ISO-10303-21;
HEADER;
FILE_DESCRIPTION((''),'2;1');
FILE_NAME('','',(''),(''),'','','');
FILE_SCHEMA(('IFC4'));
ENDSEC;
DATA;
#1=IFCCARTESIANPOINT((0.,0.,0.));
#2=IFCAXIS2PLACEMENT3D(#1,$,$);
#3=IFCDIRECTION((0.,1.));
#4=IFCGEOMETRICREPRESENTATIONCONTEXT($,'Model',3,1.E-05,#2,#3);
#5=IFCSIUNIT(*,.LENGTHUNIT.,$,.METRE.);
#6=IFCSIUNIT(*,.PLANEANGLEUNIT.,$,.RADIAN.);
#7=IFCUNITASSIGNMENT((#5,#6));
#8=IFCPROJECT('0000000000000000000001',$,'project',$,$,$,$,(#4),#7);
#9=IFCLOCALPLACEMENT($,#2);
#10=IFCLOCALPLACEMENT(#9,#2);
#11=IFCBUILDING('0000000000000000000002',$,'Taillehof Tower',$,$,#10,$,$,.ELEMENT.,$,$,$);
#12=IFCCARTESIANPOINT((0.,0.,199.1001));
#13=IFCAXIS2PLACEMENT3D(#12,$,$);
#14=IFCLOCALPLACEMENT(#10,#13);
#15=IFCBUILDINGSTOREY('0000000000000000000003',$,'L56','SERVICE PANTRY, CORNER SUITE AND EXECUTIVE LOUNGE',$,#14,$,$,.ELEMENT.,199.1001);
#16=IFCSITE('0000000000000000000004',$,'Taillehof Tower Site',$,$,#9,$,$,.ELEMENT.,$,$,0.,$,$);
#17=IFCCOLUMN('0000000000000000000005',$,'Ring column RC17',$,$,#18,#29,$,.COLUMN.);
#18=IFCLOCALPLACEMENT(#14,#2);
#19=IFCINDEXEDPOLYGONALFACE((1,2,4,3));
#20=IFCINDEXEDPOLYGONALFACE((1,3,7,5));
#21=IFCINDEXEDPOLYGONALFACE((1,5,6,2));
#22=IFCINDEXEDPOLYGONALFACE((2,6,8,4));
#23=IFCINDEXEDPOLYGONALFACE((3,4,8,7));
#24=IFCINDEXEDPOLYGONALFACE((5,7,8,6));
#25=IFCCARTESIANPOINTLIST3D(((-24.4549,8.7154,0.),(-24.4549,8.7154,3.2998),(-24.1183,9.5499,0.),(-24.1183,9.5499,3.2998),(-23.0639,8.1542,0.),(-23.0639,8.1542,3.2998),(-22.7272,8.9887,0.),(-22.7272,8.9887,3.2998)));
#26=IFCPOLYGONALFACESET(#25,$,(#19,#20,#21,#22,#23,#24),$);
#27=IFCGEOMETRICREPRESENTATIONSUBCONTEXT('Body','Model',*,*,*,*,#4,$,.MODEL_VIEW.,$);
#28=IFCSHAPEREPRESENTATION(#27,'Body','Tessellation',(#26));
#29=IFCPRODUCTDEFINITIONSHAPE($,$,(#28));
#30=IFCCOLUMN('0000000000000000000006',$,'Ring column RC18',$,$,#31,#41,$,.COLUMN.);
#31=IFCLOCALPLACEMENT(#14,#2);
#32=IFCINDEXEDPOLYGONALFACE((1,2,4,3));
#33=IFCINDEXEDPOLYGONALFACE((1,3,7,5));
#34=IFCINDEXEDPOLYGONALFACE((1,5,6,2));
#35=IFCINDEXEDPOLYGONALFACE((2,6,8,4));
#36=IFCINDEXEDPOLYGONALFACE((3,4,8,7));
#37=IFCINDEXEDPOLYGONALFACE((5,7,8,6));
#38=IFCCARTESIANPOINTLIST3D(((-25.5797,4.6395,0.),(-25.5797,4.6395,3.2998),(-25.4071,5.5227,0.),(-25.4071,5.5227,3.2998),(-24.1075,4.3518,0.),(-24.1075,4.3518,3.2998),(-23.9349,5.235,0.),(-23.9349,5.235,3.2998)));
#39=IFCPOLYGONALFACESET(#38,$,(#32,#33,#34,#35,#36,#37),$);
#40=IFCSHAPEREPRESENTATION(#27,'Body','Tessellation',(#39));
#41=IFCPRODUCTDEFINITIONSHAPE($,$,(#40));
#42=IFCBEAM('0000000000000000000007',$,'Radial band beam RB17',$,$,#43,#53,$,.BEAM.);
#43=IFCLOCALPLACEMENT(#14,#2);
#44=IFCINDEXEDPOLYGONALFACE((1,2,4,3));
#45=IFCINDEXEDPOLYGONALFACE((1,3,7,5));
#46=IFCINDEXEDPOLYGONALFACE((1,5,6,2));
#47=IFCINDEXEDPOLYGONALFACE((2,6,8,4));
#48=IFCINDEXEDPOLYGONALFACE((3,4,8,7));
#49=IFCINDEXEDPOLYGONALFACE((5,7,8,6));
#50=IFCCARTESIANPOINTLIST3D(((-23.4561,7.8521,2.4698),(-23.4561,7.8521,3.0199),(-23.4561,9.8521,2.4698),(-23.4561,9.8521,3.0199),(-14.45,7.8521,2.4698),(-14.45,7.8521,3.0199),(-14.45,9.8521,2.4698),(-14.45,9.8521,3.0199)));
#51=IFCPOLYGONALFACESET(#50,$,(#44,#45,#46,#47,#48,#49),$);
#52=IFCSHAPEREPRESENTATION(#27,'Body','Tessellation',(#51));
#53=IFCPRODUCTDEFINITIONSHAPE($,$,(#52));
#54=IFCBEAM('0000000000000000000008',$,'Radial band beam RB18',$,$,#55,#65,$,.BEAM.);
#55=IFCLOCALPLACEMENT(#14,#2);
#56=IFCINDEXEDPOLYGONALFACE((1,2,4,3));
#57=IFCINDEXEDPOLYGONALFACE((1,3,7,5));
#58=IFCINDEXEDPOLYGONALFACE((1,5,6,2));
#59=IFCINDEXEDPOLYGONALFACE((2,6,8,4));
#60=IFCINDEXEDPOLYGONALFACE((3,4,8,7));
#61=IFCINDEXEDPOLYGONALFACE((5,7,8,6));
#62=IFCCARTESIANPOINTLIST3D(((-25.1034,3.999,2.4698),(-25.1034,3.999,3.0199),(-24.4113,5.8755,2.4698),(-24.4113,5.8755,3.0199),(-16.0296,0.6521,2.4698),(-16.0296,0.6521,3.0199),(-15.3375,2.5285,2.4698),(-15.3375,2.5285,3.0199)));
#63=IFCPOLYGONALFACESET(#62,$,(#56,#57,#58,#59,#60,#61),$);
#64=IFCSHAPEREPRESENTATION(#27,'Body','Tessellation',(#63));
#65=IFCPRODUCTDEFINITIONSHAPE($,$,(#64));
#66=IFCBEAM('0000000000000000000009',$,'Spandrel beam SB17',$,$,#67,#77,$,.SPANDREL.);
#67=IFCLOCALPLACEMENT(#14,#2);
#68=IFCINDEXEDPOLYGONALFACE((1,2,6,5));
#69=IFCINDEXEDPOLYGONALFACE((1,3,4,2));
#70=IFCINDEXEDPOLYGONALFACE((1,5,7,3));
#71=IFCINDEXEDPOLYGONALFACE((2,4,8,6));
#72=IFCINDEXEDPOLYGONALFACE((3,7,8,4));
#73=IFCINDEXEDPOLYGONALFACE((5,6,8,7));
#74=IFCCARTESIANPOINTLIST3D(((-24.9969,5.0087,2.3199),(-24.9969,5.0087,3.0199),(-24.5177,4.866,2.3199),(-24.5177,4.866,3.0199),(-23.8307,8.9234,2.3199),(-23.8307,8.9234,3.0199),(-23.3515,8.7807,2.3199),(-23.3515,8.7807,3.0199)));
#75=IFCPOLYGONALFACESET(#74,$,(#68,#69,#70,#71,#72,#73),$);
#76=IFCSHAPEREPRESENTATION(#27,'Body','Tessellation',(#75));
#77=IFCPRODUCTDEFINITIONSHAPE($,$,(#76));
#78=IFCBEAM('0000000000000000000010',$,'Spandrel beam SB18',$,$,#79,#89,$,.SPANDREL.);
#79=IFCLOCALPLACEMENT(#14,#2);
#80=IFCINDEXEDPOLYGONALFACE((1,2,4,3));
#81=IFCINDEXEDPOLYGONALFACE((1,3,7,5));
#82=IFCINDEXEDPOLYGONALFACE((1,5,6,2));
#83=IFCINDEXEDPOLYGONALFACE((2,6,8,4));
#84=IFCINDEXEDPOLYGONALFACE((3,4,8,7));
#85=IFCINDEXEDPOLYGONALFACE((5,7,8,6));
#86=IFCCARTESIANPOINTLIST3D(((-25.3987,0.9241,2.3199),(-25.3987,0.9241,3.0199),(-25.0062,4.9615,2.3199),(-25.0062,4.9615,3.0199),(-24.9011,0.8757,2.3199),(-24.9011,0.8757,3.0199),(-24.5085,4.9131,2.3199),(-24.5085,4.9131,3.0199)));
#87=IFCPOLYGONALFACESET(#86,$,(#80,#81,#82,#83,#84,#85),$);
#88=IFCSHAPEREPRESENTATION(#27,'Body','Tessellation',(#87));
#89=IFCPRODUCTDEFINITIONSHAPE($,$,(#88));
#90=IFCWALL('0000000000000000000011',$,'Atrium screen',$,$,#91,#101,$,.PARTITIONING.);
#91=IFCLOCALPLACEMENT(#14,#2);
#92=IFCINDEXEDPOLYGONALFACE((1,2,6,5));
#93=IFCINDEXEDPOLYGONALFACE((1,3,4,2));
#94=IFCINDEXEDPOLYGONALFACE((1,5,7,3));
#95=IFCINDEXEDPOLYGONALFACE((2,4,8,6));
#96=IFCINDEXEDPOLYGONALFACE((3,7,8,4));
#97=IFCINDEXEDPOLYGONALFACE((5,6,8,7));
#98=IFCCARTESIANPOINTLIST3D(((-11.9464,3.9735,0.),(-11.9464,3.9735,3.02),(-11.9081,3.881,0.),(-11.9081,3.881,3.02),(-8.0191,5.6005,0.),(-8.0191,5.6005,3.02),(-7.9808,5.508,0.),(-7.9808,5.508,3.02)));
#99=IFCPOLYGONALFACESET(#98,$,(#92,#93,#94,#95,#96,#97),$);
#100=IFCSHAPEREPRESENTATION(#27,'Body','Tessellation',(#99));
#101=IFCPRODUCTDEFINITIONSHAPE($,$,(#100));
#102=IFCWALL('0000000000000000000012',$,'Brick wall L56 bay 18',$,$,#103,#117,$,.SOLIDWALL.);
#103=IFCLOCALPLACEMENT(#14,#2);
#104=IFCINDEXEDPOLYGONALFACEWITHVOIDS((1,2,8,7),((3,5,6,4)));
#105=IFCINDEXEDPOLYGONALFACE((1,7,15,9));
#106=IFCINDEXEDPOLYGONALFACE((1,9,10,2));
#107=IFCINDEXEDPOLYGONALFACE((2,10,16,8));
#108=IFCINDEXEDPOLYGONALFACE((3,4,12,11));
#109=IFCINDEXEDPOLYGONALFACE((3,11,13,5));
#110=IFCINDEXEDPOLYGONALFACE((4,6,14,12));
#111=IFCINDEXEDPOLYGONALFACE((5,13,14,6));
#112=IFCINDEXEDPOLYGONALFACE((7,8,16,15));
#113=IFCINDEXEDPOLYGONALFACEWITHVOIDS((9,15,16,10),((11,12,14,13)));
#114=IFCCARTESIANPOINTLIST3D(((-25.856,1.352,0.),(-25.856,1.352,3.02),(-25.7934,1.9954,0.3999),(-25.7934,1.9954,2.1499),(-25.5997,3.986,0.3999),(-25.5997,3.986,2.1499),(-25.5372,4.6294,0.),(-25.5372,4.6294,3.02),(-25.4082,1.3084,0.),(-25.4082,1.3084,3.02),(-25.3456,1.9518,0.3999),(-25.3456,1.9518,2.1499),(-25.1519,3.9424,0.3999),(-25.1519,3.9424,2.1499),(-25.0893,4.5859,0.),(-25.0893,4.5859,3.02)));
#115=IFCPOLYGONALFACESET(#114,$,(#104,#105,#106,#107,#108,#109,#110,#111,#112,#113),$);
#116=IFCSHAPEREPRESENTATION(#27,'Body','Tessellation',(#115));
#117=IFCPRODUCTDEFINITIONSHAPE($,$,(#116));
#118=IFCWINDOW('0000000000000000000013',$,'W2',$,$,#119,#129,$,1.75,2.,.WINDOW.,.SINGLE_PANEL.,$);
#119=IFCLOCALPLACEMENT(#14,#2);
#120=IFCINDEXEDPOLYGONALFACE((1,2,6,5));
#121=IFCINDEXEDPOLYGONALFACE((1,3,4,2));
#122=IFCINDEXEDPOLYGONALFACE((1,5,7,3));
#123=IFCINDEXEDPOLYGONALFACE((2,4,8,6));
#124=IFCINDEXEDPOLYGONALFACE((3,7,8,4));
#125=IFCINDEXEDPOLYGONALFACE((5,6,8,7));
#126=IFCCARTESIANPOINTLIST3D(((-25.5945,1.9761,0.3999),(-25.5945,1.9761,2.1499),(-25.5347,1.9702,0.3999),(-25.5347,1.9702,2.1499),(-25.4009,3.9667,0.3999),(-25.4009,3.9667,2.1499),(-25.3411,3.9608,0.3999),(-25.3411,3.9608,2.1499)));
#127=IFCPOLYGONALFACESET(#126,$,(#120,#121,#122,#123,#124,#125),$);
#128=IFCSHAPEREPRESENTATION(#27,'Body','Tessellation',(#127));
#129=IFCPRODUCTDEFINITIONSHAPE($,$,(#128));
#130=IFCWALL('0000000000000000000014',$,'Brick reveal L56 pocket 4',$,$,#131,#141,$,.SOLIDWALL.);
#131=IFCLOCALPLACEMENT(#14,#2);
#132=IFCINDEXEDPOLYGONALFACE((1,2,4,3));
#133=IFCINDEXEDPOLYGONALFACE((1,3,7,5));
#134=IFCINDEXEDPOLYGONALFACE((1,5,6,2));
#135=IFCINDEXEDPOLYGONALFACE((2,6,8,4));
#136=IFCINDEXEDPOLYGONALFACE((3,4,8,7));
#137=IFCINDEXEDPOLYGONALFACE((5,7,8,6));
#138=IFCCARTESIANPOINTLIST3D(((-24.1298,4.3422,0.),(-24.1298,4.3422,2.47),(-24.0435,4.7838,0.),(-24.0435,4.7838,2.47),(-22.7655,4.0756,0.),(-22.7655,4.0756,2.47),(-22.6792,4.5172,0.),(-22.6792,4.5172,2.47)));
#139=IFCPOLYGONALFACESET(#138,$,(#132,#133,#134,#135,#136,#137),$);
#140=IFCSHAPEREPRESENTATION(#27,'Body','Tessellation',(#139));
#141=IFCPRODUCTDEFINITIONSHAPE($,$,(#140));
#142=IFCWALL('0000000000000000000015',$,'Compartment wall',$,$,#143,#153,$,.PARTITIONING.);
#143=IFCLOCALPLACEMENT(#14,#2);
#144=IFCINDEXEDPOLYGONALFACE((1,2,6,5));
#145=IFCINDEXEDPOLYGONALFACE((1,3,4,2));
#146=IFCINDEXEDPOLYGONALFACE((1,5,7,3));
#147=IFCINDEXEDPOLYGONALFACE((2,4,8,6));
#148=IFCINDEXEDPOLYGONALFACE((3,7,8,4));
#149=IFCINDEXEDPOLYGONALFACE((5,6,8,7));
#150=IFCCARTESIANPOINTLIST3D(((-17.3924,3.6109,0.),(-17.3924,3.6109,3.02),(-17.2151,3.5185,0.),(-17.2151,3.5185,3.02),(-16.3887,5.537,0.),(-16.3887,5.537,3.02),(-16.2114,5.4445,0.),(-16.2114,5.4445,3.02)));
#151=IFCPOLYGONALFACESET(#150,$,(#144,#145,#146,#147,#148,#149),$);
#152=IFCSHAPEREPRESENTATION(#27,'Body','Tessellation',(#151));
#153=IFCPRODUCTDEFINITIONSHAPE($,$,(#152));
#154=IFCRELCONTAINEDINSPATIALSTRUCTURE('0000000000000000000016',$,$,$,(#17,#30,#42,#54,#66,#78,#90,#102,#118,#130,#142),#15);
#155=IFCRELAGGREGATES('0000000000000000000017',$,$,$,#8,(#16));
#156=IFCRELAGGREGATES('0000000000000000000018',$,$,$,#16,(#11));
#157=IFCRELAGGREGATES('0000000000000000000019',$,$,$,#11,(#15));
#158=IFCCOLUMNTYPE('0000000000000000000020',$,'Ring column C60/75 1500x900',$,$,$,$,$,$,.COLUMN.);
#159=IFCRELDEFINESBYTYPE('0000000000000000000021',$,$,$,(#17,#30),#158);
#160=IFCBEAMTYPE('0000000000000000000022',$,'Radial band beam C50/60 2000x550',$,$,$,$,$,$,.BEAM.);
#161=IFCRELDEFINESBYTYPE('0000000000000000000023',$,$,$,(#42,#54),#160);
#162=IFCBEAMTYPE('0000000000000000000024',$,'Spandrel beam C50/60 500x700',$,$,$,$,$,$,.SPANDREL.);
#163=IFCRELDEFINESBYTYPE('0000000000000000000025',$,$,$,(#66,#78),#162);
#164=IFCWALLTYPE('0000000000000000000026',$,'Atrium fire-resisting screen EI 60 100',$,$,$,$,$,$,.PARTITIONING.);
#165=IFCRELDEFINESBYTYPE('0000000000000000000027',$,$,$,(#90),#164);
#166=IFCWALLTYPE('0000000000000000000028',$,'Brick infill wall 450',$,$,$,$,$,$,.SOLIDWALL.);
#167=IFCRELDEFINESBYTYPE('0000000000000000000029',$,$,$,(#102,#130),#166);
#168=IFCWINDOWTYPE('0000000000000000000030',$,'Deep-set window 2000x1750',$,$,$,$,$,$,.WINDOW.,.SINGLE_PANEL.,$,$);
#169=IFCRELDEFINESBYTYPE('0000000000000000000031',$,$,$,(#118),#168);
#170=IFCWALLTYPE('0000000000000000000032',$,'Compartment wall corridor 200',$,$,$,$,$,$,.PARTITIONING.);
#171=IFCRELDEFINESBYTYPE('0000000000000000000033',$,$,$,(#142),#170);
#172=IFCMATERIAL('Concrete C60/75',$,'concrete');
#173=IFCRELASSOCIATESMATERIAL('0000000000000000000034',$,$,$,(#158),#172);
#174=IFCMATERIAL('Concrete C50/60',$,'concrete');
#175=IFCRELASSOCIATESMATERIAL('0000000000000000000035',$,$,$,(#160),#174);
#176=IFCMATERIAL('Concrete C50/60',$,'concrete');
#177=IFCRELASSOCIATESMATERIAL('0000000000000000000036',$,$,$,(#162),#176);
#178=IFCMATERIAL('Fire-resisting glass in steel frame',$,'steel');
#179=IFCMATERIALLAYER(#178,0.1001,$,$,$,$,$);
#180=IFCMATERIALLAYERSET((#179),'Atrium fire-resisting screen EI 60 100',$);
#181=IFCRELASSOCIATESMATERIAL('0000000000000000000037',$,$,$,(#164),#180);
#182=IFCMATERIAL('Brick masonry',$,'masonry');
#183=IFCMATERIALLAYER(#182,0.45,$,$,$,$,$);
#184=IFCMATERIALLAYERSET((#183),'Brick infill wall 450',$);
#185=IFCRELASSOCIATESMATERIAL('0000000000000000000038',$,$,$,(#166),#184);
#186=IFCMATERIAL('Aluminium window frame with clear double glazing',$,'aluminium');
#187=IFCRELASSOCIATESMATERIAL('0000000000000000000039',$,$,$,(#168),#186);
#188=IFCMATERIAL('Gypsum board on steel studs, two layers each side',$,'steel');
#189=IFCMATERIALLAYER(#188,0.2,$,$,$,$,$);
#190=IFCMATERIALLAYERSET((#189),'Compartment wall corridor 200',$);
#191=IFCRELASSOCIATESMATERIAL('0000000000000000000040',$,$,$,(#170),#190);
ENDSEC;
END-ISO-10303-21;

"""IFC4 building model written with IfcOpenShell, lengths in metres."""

from ifc_helpers import new_model, si_unit, direction, frame, frame_2d, origin, origin_2d, place, context, subcontext, project, spatial, rectangle, extrude, material, layer, layer_set, material_profile, profile_set, type_object, element, fill, save


model = new_model("IFC4")

# Units and contexts
model_context = context("Model", 3, precision=1e-05, world=origin(), true_north=direction((0.0, 1.0)))
body_context = subcontext(model_context, "Body", "Model", "MODEL_VIEW")
ifc_project = project(units=[si_unit("LENGTHUNIT", "METRE"), si_unit("PLANEANGLEUNIT", "RADIAN")], contexts=[model_context])

# Site, building, storey
site_placement = place(None, origin())
site = spatial("IfcSite", under=ifc_project, at=site_placement, Name="Taillehof Tower Site", CompositionType="ELEMENT", RefElevation=0.0)
building_placement = place(site_placement, origin())
building = spatial("IfcBuilding", under=site, at=building_placement, Name="Taillehof Tower", CompositionType="ELEMENT")
storey_placement = place(building_placement, frame((0.0, 0.0, 199.1001)))
storey = spatial("IfcBuildingStorey", under=building, at=storey_placement, Name="L56", Description="SERVICE PANTRY, CORNER SUITE AND EXECUTIVE LOUNGE", CompositionType="ELEMENT", Elevation=199.1001)

# Columns
ifc_material_1 = material(Name="Concrete C60/75", Category="concrete")
ifc_material_profile_1 = material_profile(ifc_material_1, rectangle(XDim=1.5, YDim=0.8999, at=origin_2d()), Name="RC 1500x900")
ifc_profile_set_1 = profile_set([ifc_material_profile_1], Name="Concrete C60/75")
column_type = type_object("IfcColumnType", Name="Ring column C60/75 1500x900", PredefinedType="COLUMN", material=ifc_profile_set_1)
for number, where, z_axis, x_axis, name in (
    (1, (-23.5911, 8.8521, 0.0), (0.0, 0.0, 1.0), (-0.927385, 0.374108, 0.0), "Ring column RC17"),
    (2, (-24.7573, 4.9373, 0.0), (0.0, 0.0, 1.0), (-0.981434, 0.191801, 0.0), "Ring column RC18"),
):
    element("IfcColumn", number, at=place(storey_placement, frame(where, z_axis=z_axis, x_axis=x_axis)), inside=storey, type_object=column_type, Name=name, PredefinedType="COLUMN", context=body_context, shape_type="SweptSolid", body=[
        extrude(rectangle(XDim=1.5, YDim=0.8999, at=origin_2d()), origin(), (0.0, 0.0, 1.0), 3.2998),
    ])

# Beams
ifc_material_2 = material(Name="Concrete C50/60", Category="concrete")
ifc_material_profile_2 = material_profile(ifc_material_2, rectangle(XDim=2.0, YDim=0.55, at=origin_2d()), Name="RC 2000x550")
ifc_profile_set_2 = profile_set([ifc_material_profile_2], Name="Concrete C50/60")
beam_type_1 = type_object("IfcBeamType", Name="Radial band beam C50/60 2000x550", PredefinedType="BEAM", material=ifc_profile_set_2)
beam_1_placement = place(storey_placement, frame((-23.4561, 8.8521, 2.7449), z_axis=(1.0, 0.0, 0.0), x_axis=(0.0, 1.0, 0.0)))
element("IfcBeam", 3, at=beam_1_placement, inside=storey, type_object=beam_type_1, Name="Radial band beam RB17", PredefinedType="BEAM", context=body_context, shape_type="SweptSolid", body=[
    extrude(rectangle(XDim=2.0, YDim=0.55, at=origin_2d()), origin(), (0.0, 0.0, 1.0), 9.0061),
])
beam_2_placement = place(storey_placement, frame((-24.7573, 4.9373, 2.7449), z_axis=(0.93821, -0.346067, 0.0), x_axis=(0.346067, 0.93821, 0.0)))
element("IfcBeam", 4, at=beam_2_placement, inside=storey, type_object=beam_type_1, Name="Radial band beam RB18", PredefinedType="BEAM", context=body_context, shape_type="SweptSolid", body=[
    extrude(rectangle(XDim=2.0, YDim=0.55, at=origin_2d()), origin(), (0.0, 0.0, 1.0), 9.6714),
])
ifc_material_3 = material(Name="Concrete C50/60", Category="concrete")
ifc_material_profile_3 = material_profile(ifc_material_3, rectangle(XDim=0.5, YDim=0.7, at=origin_2d()), Name="RC 500x700")
ifc_profile_set_3 = profile_set([ifc_material_profile_3], Name="Concrete C50/60")
beam_type_2 = type_object("IfcBeamType", Name="Spandrel beam C50/60 500x700", PredefinedType="SPANDREL", material=ifc_profile_set_3)
beam_3_placement = place(storey_placement, frame((-23.5911, 8.8521, 2.6699), z_axis=(-0.28551, -0.958376, 0.0), x_axis=(0.958376, -0.28551, 0.0)))
element("IfcBeam", 5, at=beam_3_placement, inside=storey, type_object=beam_type_2, Name="Spandrel beam SB17", PredefinedType="SPANDREL", context=body_context, shape_type="SweptSolid", body=[
    extrude(rectangle(XDim=0.5, YDim=0.7, at=origin_2d()), origin(), (0.0, 0.0, 1.0), 4.0847),
])
beam_4_placement = place(storey_placement, frame((-24.7573, 4.9373, 2.6699), z_axis=(-0.09678, -0.995306, 0.0), x_axis=(0.995306, -0.09678, 0.0)))
element("IfcBeam", 6, at=beam_4_placement, inside=storey, type_object=beam_type_2, Name="Spandrel beam SB18", PredefinedType="SPANDREL", context=body_context, shape_type="SweptSolid", body=[
    extrude(rectangle(XDim=0.5, YDim=0.7, at=origin_2d()), origin(), (0.0, 0.0, 1.0), 4.0564),
])

# Wall
ifc_material_4 = material(Name="Fire-resisting glass in steel frame", Category="steel")
ifc_layer_1 = layer(ifc_material_4, 0.1001)
ifc_layer_set_1 = layer_set([ifc_layer_1], Name="Atrium fire-resisting screen EI 60 100")
wall_type_1 = type_object("IfcWallType", Name="Atrium fire-resisting screen EI 60 100", PredefinedType="PARTITIONING", material=ifc_layer_set_1)
wall_1_placement = place(storey_placement, frame((-11.9272, 3.9272, 0.0), z_axis=(0.0, 0.0, 1.0), x_axis=(0.92386, 0.382731, 0.0)))
element("IfcWall", 7, at=wall_1_placement, inside=storey, type_object=wall_type_1, Name="Atrium screen", PredefinedType="PARTITIONING", context=body_context, shape_type="SweptSolid", body=[
    extrude(rectangle(XDim=4.251, YDim=0.1001, at=frame_2d((2.1255, 0.0))), origin(), (0.0, 0.0, 1.0), 3.02),
])

# Wall, opening, window
ifc_material_5 = material(Name="Brick masonry", Category="masonry")
ifc_layer_2 = layer(ifc_material_5, 0.45)
ifc_layer_set_2 = layer_set([ifc_layer_2], Name="Brick infill wall 450")
wall_type_2 = type_object("IfcWallType", Name="Brick infill wall 450", PredefinedType="SOLIDWALL", material=ifc_layer_set_2)
wall_2_placement = place(storey_placement, frame((-25.3132, 4.6077, 0.0), z_axis=(0.0, 0.0, 1.0), x_axis=(-0.096824, -0.995302, 0.0)))
wall_2 = element("IfcWall", 8, at=wall_2_placement, inside=storey, type_object=wall_type_2, Name="Brick wall L56 bay 18", PredefinedType="SOLIDWALL", context=body_context, shape_type="SweptSolid", body=[
    extrude(rectangle(XDim=3.293, YDim=0.45, at=frame_2d((1.6465, 0.0))), origin(), (0.0, 0.0, 1.0), 3.02),
])
opening_1_placement = place(wall_2_placement, frame((0.6465, 0.0, 0.3999)))
opening_1 = element("IfcOpeningElement", 9, at=opening_1_placement, cuts=wall_2, PredefinedType="OPENING", context=body_context, shape_type="SweptSolid", body=[
    extrude(rectangle(XDim=2.0, YDim=1.75, at=frame_2d((1.0, 0.875))), frame((0.0, 0.2349, 0.0), z_axis=(0.0, -1.0, 0.0), x_axis=(1.0, 0.0, 0.0)), (0.0, 0.0, 1.0), 0.47),
])
ifc_material_6 = material(Name="Aluminium window frame with clear double glazing", Category="aluminium")
window_type_1 = type_object("IfcWindowType", Name="Deep-set window 2000x1750", PartitioningType="SINGLE_PANEL", PredefinedType="WINDOW", material=ifc_material_6)
window_1_placement = place(opening_1_placement, origin())
window_1 = element("IfcWindow", 10, at=window_1_placement, inside=storey, type_object=window_type_1, Name="W2", OverallHeight=1.75, OverallWidth=2.0, PartitioningType="SINGLE_PANEL", PredefinedType="WINDOW", context=body_context, shape_type="SweptSolid", body=[
    extrude(rectangle(XDim=2.0, YDim=1.75, at=frame_2d((1.0, 0.875))), frame((0.0, 0.0349, 0.0), z_axis=(0.0, -1.0, 0.0), x_axis=(1.0, 0.0, 0.0)), (0.0, 0.0, 1.0), 0.0601),
])
fill(opening_1, window_1)

# Wall
wall_3_placement = place(storey_placement, frame((-24.0867, 4.563, 0.0), z_axis=(0.0, 0.0, 1.0), x_axis=(0.981436, -0.191791, 0.0)))
element("IfcWall", 11, at=wall_3_placement, inside=storey, type_object=wall_type_2, Name="Brick reveal L56 pocket 4", PredefinedType="SOLIDWALL", context=body_context, shape_type="SweptSolid", body=[
    extrude(rectangle(XDim=1.3901, YDim=0.45, at=frame_2d((0.6951, 0.0))), origin(), (0.0, 0.0, 1.0), 2.47),
])

# Wall
ifc_material_7 = material(Name="Gypsum board on steel studs, two layers each side", Category="steel")
ifc_layer_3 = layer(ifc_material_7, 0.2)
ifc_layer_set_3 = layer_set([ifc_layer_3], Name="Compartment wall corridor 200")
wall_type_3 = type_object("IfcWallType", Name="Compartment wall corridor 200", PredefinedType="PARTITIONING", material=ifc_layer_set_3)
wall_4_placement = place(storey_placement, frame((-17.3037, 3.5647, 0.0), z_axis=(0.0, 0.0, 1.0), x_axis=(0.462124, 0.886815, 0.0)))
element("IfcWall", 12, at=wall_4_placement, inside=storey, type_object=wall_type_3, Name="Compartment wall", PredefinedType="PARTITIONING", context=body_context, shape_type="SweptSolid", body=[
    extrude(rectangle(XDim=2.1719, YDim=0.2, at=frame_2d((1.0859, 0.0))), origin(), (0.0, 0.0, 1.0), 3.02),
])

save(model, "model.ifc")
